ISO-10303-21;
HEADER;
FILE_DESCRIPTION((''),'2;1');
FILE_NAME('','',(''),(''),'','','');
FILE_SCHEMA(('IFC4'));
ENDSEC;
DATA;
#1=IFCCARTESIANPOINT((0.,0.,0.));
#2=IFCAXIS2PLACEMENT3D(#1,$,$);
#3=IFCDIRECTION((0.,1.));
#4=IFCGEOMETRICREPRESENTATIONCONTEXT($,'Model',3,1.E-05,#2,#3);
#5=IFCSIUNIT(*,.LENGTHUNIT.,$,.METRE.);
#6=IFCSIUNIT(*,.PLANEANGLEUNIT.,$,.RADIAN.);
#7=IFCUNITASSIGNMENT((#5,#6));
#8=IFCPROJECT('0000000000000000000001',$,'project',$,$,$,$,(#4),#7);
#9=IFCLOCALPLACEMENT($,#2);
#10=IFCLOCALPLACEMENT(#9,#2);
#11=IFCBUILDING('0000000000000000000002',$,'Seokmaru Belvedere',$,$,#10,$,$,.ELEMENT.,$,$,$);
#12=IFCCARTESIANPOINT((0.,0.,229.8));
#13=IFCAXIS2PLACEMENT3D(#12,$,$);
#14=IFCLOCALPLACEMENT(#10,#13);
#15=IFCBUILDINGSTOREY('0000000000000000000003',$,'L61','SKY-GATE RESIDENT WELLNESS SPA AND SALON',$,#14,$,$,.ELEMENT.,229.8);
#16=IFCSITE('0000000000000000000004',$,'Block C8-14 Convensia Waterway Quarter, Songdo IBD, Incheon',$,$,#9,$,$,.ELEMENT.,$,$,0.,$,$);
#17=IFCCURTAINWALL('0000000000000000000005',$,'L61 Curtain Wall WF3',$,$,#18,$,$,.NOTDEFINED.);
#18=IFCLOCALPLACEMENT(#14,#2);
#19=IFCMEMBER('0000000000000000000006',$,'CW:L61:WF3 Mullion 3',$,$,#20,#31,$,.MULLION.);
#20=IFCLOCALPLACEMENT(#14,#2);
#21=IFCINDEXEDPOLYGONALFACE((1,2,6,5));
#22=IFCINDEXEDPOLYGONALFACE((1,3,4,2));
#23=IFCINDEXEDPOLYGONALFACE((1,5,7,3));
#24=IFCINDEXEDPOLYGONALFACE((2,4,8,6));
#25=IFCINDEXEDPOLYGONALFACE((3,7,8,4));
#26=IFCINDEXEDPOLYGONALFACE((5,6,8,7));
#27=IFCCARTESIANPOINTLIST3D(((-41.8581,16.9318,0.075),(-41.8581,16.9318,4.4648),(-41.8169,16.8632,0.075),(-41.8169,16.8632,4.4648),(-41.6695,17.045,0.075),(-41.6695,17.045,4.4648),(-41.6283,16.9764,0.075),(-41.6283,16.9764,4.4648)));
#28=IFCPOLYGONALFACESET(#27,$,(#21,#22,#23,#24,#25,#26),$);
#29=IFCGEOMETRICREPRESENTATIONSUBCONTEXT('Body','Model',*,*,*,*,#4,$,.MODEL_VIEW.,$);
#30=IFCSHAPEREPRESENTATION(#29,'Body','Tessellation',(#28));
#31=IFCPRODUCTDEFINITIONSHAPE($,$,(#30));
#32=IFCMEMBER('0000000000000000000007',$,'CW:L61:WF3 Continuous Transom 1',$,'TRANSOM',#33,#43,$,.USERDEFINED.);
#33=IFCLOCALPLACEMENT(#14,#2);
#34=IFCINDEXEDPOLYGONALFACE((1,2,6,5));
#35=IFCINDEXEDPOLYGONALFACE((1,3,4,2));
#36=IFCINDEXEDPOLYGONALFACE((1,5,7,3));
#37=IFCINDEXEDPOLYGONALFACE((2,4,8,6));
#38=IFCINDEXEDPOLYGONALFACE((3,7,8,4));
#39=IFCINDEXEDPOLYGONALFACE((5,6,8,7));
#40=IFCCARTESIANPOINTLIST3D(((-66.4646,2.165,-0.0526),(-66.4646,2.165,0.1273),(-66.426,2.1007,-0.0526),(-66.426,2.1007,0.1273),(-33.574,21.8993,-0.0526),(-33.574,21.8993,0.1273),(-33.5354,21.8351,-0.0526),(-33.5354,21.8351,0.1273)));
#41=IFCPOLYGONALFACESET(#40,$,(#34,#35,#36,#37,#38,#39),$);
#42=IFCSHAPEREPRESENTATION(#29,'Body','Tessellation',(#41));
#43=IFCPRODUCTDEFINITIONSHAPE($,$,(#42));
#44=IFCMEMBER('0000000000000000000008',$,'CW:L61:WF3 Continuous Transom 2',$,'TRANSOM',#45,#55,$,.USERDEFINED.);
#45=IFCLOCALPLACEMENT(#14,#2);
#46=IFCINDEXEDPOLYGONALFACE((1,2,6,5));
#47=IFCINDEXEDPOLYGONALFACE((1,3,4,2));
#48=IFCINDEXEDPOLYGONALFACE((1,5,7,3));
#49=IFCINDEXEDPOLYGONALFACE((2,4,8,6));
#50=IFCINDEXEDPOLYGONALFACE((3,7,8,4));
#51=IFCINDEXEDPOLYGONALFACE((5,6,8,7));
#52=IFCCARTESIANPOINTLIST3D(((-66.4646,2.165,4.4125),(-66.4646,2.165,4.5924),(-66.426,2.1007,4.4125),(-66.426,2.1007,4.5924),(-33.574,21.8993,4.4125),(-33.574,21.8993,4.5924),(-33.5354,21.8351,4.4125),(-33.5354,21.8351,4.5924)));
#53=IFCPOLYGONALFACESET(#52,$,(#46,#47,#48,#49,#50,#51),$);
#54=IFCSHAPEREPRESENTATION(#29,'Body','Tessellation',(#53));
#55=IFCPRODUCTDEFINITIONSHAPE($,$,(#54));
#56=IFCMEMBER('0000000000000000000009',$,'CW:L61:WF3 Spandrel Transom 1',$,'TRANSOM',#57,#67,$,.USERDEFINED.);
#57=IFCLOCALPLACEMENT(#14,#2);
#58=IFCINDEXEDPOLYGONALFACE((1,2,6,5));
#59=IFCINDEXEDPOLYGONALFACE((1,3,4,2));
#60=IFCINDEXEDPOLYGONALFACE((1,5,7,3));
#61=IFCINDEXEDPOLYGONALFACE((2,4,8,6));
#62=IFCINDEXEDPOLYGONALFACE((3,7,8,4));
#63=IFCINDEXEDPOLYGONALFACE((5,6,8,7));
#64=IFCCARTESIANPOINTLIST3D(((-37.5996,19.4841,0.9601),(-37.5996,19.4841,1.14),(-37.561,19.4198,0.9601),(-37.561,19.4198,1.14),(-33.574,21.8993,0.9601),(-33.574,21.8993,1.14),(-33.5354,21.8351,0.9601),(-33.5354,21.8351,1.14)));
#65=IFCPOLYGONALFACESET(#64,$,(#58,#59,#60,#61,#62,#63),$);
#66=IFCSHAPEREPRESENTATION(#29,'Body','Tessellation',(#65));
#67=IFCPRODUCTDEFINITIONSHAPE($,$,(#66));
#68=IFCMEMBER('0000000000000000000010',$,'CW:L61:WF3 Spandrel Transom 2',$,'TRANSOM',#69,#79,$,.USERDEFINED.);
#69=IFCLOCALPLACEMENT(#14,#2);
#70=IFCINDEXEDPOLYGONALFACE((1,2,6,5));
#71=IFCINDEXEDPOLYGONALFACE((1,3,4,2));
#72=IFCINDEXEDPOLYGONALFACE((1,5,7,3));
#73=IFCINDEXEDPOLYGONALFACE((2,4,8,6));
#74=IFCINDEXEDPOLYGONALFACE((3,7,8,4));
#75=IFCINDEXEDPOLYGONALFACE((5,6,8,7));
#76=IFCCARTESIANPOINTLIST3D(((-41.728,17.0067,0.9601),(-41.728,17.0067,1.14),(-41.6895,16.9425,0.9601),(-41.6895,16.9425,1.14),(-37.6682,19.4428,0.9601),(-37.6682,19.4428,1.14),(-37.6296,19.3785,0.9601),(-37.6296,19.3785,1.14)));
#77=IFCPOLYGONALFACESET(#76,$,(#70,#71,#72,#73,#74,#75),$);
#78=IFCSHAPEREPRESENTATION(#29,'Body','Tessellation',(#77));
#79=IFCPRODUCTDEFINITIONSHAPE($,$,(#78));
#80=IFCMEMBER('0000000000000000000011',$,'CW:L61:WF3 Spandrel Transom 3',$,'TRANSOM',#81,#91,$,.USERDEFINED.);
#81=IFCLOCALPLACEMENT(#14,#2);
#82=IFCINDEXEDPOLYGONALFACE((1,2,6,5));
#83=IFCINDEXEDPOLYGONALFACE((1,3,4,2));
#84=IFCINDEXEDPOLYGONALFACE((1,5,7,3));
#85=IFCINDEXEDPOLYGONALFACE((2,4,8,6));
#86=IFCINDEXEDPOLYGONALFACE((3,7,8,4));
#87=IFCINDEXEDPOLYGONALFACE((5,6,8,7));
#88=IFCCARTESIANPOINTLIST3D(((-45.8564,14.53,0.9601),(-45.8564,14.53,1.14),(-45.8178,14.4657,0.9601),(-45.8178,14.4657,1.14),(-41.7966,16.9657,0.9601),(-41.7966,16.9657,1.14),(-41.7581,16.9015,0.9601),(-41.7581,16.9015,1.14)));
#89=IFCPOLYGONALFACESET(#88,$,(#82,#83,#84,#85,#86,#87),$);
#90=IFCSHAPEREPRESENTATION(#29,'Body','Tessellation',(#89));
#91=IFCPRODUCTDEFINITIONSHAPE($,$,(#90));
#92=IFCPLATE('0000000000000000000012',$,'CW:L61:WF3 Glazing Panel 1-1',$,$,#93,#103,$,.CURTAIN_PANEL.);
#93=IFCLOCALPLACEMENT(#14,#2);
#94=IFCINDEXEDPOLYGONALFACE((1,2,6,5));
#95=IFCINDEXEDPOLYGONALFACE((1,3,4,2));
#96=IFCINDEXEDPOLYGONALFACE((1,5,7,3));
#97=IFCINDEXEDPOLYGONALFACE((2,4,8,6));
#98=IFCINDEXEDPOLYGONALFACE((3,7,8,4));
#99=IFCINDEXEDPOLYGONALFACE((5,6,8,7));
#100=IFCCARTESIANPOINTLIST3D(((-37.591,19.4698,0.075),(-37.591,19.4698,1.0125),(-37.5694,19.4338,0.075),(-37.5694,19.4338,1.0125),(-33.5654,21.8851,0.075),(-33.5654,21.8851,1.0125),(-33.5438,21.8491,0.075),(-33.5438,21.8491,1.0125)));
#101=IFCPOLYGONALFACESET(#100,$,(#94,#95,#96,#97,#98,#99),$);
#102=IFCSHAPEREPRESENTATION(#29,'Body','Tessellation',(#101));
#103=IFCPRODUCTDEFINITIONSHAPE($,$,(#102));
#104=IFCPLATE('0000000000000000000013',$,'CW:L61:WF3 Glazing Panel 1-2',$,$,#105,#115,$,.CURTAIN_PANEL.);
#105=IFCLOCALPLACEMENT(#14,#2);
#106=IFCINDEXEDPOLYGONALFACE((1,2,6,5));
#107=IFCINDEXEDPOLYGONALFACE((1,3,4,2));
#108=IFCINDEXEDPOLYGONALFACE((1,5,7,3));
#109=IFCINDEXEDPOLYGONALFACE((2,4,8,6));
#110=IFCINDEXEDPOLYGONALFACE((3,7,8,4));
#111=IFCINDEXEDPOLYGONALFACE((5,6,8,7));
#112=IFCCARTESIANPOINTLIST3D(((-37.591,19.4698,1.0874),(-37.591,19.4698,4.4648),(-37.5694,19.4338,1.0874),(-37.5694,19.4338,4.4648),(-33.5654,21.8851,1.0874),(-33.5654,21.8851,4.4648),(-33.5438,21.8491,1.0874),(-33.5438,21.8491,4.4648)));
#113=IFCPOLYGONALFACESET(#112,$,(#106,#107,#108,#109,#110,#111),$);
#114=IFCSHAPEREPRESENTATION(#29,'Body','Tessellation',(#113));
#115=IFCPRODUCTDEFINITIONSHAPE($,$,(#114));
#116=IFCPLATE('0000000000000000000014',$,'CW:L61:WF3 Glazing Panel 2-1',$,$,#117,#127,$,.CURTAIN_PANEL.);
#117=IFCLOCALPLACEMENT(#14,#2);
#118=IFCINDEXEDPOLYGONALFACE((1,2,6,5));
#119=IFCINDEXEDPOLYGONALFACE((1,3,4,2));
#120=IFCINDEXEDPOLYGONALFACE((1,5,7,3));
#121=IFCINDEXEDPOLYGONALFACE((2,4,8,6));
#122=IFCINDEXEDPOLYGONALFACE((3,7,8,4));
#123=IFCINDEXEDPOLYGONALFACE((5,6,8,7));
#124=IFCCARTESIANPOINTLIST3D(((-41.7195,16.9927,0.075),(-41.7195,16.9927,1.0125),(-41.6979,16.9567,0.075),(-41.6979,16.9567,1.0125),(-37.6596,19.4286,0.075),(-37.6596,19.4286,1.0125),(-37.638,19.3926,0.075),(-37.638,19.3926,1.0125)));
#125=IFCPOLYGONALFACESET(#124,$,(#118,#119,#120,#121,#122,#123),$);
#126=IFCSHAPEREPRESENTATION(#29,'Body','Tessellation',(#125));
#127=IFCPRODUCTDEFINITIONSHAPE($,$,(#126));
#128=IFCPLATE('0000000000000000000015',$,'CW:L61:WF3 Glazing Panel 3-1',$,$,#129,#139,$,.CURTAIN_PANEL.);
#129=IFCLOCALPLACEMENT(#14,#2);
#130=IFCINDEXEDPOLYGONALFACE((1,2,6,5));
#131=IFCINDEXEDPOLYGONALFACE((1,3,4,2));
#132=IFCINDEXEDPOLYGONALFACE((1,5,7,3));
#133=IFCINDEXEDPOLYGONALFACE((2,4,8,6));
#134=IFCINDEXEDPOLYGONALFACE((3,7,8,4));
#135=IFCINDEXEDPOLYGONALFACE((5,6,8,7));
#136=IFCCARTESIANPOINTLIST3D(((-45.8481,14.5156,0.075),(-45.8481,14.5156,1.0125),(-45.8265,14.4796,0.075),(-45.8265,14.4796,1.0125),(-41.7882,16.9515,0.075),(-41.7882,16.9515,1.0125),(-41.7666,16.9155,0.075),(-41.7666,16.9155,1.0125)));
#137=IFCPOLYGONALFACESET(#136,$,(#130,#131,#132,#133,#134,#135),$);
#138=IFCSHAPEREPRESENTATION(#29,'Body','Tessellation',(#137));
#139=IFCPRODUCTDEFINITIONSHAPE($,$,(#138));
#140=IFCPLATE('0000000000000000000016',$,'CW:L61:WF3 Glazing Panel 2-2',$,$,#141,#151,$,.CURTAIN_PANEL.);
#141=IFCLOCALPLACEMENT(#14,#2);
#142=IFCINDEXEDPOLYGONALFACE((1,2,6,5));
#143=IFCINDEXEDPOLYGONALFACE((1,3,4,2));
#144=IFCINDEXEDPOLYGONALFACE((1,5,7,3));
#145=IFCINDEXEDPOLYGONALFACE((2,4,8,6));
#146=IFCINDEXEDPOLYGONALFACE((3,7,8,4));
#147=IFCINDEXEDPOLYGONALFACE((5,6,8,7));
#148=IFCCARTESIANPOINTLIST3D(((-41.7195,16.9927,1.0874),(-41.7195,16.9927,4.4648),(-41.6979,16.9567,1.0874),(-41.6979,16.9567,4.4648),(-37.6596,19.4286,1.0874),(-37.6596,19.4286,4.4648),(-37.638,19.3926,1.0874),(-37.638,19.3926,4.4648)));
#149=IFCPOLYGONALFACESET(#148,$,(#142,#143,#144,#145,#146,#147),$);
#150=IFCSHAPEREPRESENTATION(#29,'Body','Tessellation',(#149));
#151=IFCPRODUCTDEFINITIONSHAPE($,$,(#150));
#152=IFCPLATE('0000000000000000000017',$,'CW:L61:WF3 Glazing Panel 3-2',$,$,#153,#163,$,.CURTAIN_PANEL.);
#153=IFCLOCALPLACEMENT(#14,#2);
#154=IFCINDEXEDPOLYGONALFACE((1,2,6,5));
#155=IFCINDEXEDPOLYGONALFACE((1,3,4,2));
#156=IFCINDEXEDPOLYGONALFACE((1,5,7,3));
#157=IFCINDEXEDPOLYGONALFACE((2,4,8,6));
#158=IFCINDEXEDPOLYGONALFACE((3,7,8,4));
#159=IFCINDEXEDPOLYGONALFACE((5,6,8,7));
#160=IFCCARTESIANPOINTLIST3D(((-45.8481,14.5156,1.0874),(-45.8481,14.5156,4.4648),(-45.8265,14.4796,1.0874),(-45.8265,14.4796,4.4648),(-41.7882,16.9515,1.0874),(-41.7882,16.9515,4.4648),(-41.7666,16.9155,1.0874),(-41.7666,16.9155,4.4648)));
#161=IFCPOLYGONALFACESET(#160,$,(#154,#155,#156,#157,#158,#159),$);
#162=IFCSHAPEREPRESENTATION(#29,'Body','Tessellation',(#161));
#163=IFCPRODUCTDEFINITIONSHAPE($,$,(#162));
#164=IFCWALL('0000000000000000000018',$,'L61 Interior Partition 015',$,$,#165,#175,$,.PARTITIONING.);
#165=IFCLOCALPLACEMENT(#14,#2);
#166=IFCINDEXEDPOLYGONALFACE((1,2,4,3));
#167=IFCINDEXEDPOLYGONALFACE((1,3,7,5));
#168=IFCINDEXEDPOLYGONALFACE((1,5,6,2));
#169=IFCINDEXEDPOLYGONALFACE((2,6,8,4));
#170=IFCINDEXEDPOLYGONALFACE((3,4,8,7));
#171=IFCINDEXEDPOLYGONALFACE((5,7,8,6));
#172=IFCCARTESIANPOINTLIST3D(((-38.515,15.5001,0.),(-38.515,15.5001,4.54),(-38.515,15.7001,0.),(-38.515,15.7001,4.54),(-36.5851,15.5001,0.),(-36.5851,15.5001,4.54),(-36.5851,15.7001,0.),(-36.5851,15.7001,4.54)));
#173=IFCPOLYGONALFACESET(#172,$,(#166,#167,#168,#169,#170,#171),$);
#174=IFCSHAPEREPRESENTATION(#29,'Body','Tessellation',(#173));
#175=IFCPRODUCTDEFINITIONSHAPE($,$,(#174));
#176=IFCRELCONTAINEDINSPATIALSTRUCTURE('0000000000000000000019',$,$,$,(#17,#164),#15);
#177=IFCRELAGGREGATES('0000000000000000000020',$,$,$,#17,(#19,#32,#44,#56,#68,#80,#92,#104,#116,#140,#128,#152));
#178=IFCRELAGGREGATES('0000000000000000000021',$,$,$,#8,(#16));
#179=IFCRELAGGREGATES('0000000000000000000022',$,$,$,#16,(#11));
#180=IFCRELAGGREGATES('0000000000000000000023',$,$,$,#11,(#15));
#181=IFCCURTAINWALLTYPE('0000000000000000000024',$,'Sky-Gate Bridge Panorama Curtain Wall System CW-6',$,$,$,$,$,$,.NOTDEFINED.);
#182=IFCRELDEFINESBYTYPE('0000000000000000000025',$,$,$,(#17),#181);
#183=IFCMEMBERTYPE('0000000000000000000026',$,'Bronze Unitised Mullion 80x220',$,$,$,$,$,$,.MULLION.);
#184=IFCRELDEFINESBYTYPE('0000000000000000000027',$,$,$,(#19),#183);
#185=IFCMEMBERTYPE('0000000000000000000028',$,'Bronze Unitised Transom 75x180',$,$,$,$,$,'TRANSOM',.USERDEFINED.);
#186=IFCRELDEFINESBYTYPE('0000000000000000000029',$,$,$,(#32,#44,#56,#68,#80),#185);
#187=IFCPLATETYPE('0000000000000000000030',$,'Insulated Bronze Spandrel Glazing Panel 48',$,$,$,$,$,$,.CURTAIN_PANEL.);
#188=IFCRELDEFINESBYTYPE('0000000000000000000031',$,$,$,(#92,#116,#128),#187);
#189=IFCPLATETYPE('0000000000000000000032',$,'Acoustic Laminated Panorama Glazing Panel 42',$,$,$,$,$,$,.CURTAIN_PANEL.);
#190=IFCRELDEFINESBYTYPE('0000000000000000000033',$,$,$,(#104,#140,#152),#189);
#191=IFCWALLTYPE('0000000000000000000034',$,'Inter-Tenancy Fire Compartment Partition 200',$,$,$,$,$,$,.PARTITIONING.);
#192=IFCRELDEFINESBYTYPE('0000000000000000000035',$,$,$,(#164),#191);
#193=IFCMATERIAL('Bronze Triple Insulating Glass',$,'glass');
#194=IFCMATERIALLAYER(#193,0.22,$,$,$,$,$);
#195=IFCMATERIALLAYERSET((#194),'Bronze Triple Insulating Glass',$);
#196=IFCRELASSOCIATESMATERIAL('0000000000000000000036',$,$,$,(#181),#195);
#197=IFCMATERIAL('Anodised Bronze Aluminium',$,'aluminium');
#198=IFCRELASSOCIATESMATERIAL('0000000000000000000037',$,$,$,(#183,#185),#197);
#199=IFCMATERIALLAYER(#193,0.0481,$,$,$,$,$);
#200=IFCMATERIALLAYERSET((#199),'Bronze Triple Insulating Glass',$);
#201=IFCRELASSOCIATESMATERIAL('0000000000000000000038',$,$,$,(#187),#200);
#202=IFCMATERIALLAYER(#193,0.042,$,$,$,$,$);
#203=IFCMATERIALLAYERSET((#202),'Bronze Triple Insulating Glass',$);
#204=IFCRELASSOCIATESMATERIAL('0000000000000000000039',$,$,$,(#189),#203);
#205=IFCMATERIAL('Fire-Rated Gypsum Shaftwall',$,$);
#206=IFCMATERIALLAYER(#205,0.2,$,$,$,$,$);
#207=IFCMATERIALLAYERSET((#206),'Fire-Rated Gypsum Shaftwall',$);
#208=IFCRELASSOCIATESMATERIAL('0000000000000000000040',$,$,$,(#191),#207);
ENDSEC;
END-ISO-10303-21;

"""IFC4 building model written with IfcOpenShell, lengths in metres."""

from ifc_helpers import new_model, si_unit, direction, frame, frame_2d, origin, origin_2d, place, context, subcontext, project, spatial, rectangle, extrude, source, transform, mapped, material, layer, layer_set, material_profile, profile_set, type_object, type_shapes, element, aggregate, save


model = new_model("IFC4")

# Units and contexts
model_context = context("Model", 3, precision=1e-05, world=origin(), true_north=direction((0.0, 1.0)))
body_context = subcontext(model_context, "Body", "Model", "MODEL_VIEW")
ifc_project = project(units=[si_unit("LENGTHUNIT", "METRE"), si_unit("PLANEANGLEUNIT", "RADIAN")], contexts=[model_context])

# Site, building, storey
site_placement = place(None, origin())
site = spatial("IfcSite", under=ifc_project, at=site_placement, Name="Block C8-14 Convensia Waterway Quarter, Songdo IBD, Incheon", CompositionType="ELEMENT", RefElevation=0.0)
building_placement = place(site_placement, origin())
building = spatial("IfcBuilding", under=site, at=building_placement, Name="Seokmaru Belvedere", CompositionType="ELEMENT")
storey_placement = place(building_placement, frame((0.0, 0.0, 229.8)))
storey = spatial("IfcBuildingStorey", under=building, at=storey_placement, Name="L61", Description="SKY-GATE RESIDENT WELLNESS SPA AND SALON", CompositionType="ELEMENT", Elevation=229.8)

# Curtain wall, members, plates
ifc_material_1 = material(Name="Bronze Triple Insulating Glass", Category="glass")
ifc_layer_1 = layer(ifc_material_1, 0.22)
ifc_layer_set_1 = layer_set([ifc_layer_1], Name="Bronze Triple Insulating Glass")
curtain_wall_type = type_object("IfcCurtainWallType", Name="Sky-Gate Bridge Panorama Curtain Wall System CW-6", PredefinedType="NOTDEFINED", material=ifc_layer_set_1)
curtain_wall_placement = place(storey_placement, origin())
curtain_wall = element("IfcCurtainWall", 1, at=curtain_wall_placement, inside=storey, type_object=curtain_wall_type, Name="L61 Curtain Wall WF3", PredefinedType="NOTDEFINED")
ifc_material_2 = material(Name="Anodised Bronze Aluminium", Category="aluminium")
ifc_material_profile_1 = material_profile(ifc_material_2, rectangle(XDim=0.0801, YDim=0.22, at=origin_2d()), Name="CW-M-80x220")
ifc_profile_set_1 = profile_set([ifc_material_profile_1], Name="Anodised Bronze Aluminium")
member_type_1 = type_object("IfcMemberType", Name="Bronze Unitised Mullion 80x220", PredefinedType="MULLION", material=ifc_profile_set_1)
shared_shape_1 = source(origin(), body_context, "Body", "SweptSolid", [
    extrude(rectangle(XDim=0.0801, YDim=0.22, at=origin_2d()), origin(), (0.0, 0.0, 1.0), 4.3899),
])
member_1_placement = place(storey_placement, frame((-41.7432, 16.9541, 0.075), z_axis=(0.0, 0.0, 1.0), x_axis=(0.514495, -0.857493, 0.0)))
member_1 = element("IfcMember", 2, at=member_1_placement, type_object=member_type_1, Name="CW:L61:WF3 Mullion 3", PredefinedType="MULLION", context=body_context, shape_type="MappedRepresentation", body=[
    mapped(shared_shape_1, transform((0.0, 0.0, 0.0), scale=1.0)),
])
ifc_material_profile_2 = material_profile(ifc_material_2, rectangle(XDim=0.075, YDim=0.1799, at=origin_2d()), Name="CW-T-75x180")
ifc_profile_set_2 = profile_set([ifc_material_profile_2], Name="Anodised Bronze Aluminium")
member_type_2 = type_object("IfcMemberType", Name="Bronze Unitised Transom 75x180", ElementType="TRANSOM", PredefinedType="USERDEFINED", material=ifc_profile_set_2)
shared_shape_2 = source(origin(), body_context, "Body", "SweptSolid", [
    extrude(rectangle(XDim=0.075, YDim=0.1799, at=origin_2d()), origin(), (0.0, 0.0, 1.0), 38.3567),
])
member_2_placement = place(storey_placement, frame((-33.5547, 21.8672, 0.0374), z_axis=(-0.857493, -0.514496, 0.0), x_axis=(0.514496, -0.857493, 0.0)))
member_2 = element("IfcMember", 3, at=member_2_placement, type_object=member_type_2, Name="CW:L61:WF3 Continuous Transom 1", ObjectType="TRANSOM", PredefinedType="USERDEFINED", context=body_context, shape_type="MappedRepresentation", body=[
    mapped(shared_shape_2, transform((0.0, 0.0, 0.0), scale=1.0)),
])
member_3_placement = place(storey_placement, frame((-33.5547, 21.8672, 4.5024), z_axis=(-0.857493, -0.514496, 0.0), x_axis=(0.514496, -0.857493, 0.0)))
member_3 = element("IfcMember", 4, at=member_3_placement, type_object=member_type_2, Name="CW:L61:WF3 Continuous Transom 2", ObjectType="TRANSOM", PredefinedType="USERDEFINED", context=body_context, shape_type="MappedRepresentation", body=[
    mapped(shared_shape_2, transform((0.0, 0.0, 0.0), scale=1.0)),
])
shared_shape_3 = source(origin(), body_context, "Body", "SweptSolid", [
    extrude(rectangle(XDim=0.075, YDim=0.1799, at=origin_2d()), origin(), (0.0, 0.0, 1.0), 4.6946),
])
member_4_placement = place(storey_placement, frame((-33.5547, 21.8672, 1.05), z_axis=(-0.857502, -0.51448, 0.0), x_axis=(0.51448, -0.857502, 0.0)))
member_4 = element("IfcMember", 5, at=member_4_placement, type_object=member_type_2, Name="CW:L61:WF3 Spandrel Transom 1", ObjectType="TRANSOM", PredefinedType="USERDEFINED", context=body_context, shape_type="MappedRepresentation", body=[
    mapped(shared_shape_3, transform((0.0, 0.0, 0.0), scale=1.0)),
])
shared_shape_4 = source(origin(), body_context, "Body", "SweptSolid", [
    extrude(rectangle(XDim=0.075, YDim=0.1799, at=origin_2d()), origin(), (0.0, 0.0, 1.0), 4.7346),
])
member_5_placement = place(storey_placement, frame((-37.6489, 19.4106, 1.05), z_axis=(-0.857479, -0.514519, 0.0), x_axis=(0.514519, -0.857479, 0.0)))
member_5 = element("IfcMember", 6, at=member_5_placement, type_object=member_type_2, Name="CW:L61:WF3 Spandrel Transom 2", ObjectType="TRANSOM", PredefinedType="USERDEFINED", context=body_context, shape_type="MappedRepresentation", body=[
    mapped(shared_shape_4, transform((0.0, 0.0, 0.0), scale=1.0)),
])
shared_shape_5 = source(origin(), body_context, "Body", "SweptSolid", [
    extrude(rectangle(XDim=0.075, YDim=0.1799, at=origin_2d()), origin(), (0.0, 0.0, 1.0), 4.7344),
])
type_shapes(member_type_2, [shared_shape_2, shared_shape_3, shared_shape_4, shared_shape_5])
member_6_placement = place(storey_placement, frame((-41.7773, 16.9336, 1.05), z_axis=(-0.857502, -0.514481, 0.0), x_axis=(0.514481, -0.857502, 0.0)))
member_6 = element("IfcMember", 7, at=member_6_placement, type_object=member_type_2, Name="CW:L61:WF3 Spandrel Transom 3", ObjectType="TRANSOM", PredefinedType="USERDEFINED", context=body_context, shape_type="MappedRepresentation", body=[
    mapped(shared_shape_5, transform((0.0, 0.0, 0.0), scale=1.0)),
])
ifc_layer_2 = layer(ifc_material_1, 0.0481)
ifc_layer_set_2 = layer_set([ifc_layer_2], Name="Bronze Triple Insulating Glass")
plate_type_1 = type_object("IfcPlateType", Name="Insulated Bronze Spandrel Glazing Panel 48", PredefinedType="CURTAIN_PANEL", material=ifc_layer_set_2)
shared_shape_6 = source(origin(), body_context, "Body", "SweptSolid", [
    extrude(rectangle(XDim=4.6946, YDim=0.042, at=origin_2d()), origin(), (0.0, 0.0, 1.0), 0.9375),
])
plate_1_placement = place(storey_placement, frame((-35.5674, 20.6594, 0.075), z_axis=(0.0, 0.0, 1.0), x_axis=(-0.857493, -0.514495, 0.0)))
plate_1 = element("IfcPlate", 8, at=plate_1_placement, type_object=plate_type_1, Name="CW:L61:WF3 Glazing Panel 1-1", PredefinedType="CURTAIN_PANEL", context=body_context, shape_type="MappedRepresentation", body=[
    mapped(shared_shape_6, transform((0.0, 0.0, 0.0), scale=1.0)),
])
ifc_layer_3 = layer(ifc_material_1, 0.042)
ifc_layer_set_3 = layer_set([ifc_layer_3], Name="Bronze Triple Insulating Glass")
plate_type_2 = type_object("IfcPlateType", Name="Acoustic Laminated Panorama Glazing Panel 42", PredefinedType="CURTAIN_PANEL", material=ifc_layer_set_3)
shared_shape_7 = source(origin(), body_context, "Body", "SweptSolid", [
    extrude(rectangle(XDim=4.6946, YDim=0.042, at=origin_2d()), origin(), (0.0, 0.0, 1.0), 3.3774),
])
plate_2_placement = place(storey_placement, frame((-35.5674, 20.6594, 1.0874), z_axis=(0.0, 0.0, 1.0), x_axis=(-0.857493, -0.514495, 0.0)))
plate_2 = element("IfcPlate", 9, at=plate_2_placement, type_object=plate_type_2, Name="CW:L61:WF3 Glazing Panel 1-2", PredefinedType="CURTAIN_PANEL", context=body_context, shape_type="MappedRepresentation", body=[
    mapped(shared_shape_7, transform((0.0, 0.0, 0.0), scale=1.0)),
])
shared_shape_8 = source(origin(), body_context, "Body", "SweptSolid", [
    extrude(rectangle(XDim=4.7346, YDim=0.042, at=origin_2d()), origin(), (0.0, 0.0, 1.0), 0.9375),
])
type_shapes(plate_type_1, [shared_shape_6, shared_shape_8])
plate_3_placement = place(storey_placement, frame((-39.6787, 18.1926, 0.075), z_axis=(0.0, 0.0, 1.0), x_axis=(-0.857493, -0.514495, 0.0)))
plate_3 = element("IfcPlate", 10, at=plate_3_placement, type_object=plate_type_1, Name="CW:L61:WF3 Glazing Panel 2-1", PredefinedType="CURTAIN_PANEL", context=body_context, shape_type="MappedRepresentation", body=[
    mapped(shared_shape_8, transform((0.0, 0.0, 0.0), scale=1.0)),
])
plate_4_placement = place(storey_placement, frame((-43.8074, 15.7156, 0.075), z_axis=(0.0, 0.0, 1.0), x_axis=(-0.857493, -0.514495, 0.0)))
plate_4 = element("IfcPlate", 11, at=plate_4_placement, type_object=plate_type_1, Name="CW:L61:WF3 Glazing Panel 3-1", PredefinedType="CURTAIN_PANEL", context=body_context, shape_type="MappedRepresentation", body=[
    mapped(shared_shape_8, transform((0.0, 0.0, 0.0), scale=1.0)),
])
shared_shape_9 = source(origin(), body_context, "Body", "SweptSolid", [
    extrude(rectangle(XDim=4.7346, YDim=0.042, at=origin_2d()), origin(), (0.0, 0.0, 1.0), 3.3774),
])
type_shapes(plate_type_2, [shared_shape_7, shared_shape_9])
plate_5_placement = place(storey_placement, frame((-39.6787, 18.1926, 1.0874), z_axis=(0.0, 0.0, 1.0), x_axis=(-0.857493, -0.514495, 0.0)))
plate_5 = element("IfcPlate", 12, at=plate_5_placement, type_object=plate_type_2, Name="CW:L61:WF3 Glazing Panel 2-2", PredefinedType="CURTAIN_PANEL", context=body_context, shape_type="MappedRepresentation", body=[
    mapped(shared_shape_9, transform((0.0, 0.0, 0.0), scale=1.0)),
])
plate_6_placement = place(storey_placement, frame((-43.8074, 15.7156, 1.0874), z_axis=(0.0, 0.0, 1.0), x_axis=(-0.857493, -0.514495, 0.0)))
plate_6 = element("IfcPlate", 13, at=plate_6_placement, type_object=plate_type_2, Name="CW:L61:WF3 Glazing Panel 3-2", PredefinedType="CURTAIN_PANEL", context=body_context, shape_type="MappedRepresentation", body=[
    mapped(shared_shape_9, transform((0.0, 0.0, 0.0), scale=1.0)),
])
aggregate(curtain_wall, [member_1, member_2, member_3, member_4, member_5, member_6, plate_1, plate_2, plate_3, plate_5, plate_4, plate_6])

# Wall
ifc_material_3 = material(Name="Fire-Rated Gypsum Shaftwall")
ifc_layer_4 = layer(ifc_material_3, 0.2)
ifc_layer_set_4 = layer_set([ifc_layer_4], Name="Fire-Rated Gypsum Shaftwall")
wall_type_1 = type_object("IfcWallType", Name="Inter-Tenancy Fire Compartment Partition 200", PredefinedType="PARTITIONING", material=ifc_layer_set_4)
wall_1_placement = place(storey_placement, frame((-38.5149, 15.6001, 0.0), z_axis=(0.0, 0.0, 1.0), x_axis=(1.0, 0.0, 0.0)))
element("IfcWall", 14, at=wall_1_placement, inside=storey, type_object=wall_type_1, Name="L61 Interior Partition 015", PredefinedType="PARTITIONING", context=body_context, shape_type="SweptSolid", body=[
    extrude(rectangle(XDim=1.9299, YDim=0.2, at=frame_2d((0.9648, 0.0))), origin(), (0.0, 0.0, 1.0), 4.54),
])

save(model, "model.ifc")
